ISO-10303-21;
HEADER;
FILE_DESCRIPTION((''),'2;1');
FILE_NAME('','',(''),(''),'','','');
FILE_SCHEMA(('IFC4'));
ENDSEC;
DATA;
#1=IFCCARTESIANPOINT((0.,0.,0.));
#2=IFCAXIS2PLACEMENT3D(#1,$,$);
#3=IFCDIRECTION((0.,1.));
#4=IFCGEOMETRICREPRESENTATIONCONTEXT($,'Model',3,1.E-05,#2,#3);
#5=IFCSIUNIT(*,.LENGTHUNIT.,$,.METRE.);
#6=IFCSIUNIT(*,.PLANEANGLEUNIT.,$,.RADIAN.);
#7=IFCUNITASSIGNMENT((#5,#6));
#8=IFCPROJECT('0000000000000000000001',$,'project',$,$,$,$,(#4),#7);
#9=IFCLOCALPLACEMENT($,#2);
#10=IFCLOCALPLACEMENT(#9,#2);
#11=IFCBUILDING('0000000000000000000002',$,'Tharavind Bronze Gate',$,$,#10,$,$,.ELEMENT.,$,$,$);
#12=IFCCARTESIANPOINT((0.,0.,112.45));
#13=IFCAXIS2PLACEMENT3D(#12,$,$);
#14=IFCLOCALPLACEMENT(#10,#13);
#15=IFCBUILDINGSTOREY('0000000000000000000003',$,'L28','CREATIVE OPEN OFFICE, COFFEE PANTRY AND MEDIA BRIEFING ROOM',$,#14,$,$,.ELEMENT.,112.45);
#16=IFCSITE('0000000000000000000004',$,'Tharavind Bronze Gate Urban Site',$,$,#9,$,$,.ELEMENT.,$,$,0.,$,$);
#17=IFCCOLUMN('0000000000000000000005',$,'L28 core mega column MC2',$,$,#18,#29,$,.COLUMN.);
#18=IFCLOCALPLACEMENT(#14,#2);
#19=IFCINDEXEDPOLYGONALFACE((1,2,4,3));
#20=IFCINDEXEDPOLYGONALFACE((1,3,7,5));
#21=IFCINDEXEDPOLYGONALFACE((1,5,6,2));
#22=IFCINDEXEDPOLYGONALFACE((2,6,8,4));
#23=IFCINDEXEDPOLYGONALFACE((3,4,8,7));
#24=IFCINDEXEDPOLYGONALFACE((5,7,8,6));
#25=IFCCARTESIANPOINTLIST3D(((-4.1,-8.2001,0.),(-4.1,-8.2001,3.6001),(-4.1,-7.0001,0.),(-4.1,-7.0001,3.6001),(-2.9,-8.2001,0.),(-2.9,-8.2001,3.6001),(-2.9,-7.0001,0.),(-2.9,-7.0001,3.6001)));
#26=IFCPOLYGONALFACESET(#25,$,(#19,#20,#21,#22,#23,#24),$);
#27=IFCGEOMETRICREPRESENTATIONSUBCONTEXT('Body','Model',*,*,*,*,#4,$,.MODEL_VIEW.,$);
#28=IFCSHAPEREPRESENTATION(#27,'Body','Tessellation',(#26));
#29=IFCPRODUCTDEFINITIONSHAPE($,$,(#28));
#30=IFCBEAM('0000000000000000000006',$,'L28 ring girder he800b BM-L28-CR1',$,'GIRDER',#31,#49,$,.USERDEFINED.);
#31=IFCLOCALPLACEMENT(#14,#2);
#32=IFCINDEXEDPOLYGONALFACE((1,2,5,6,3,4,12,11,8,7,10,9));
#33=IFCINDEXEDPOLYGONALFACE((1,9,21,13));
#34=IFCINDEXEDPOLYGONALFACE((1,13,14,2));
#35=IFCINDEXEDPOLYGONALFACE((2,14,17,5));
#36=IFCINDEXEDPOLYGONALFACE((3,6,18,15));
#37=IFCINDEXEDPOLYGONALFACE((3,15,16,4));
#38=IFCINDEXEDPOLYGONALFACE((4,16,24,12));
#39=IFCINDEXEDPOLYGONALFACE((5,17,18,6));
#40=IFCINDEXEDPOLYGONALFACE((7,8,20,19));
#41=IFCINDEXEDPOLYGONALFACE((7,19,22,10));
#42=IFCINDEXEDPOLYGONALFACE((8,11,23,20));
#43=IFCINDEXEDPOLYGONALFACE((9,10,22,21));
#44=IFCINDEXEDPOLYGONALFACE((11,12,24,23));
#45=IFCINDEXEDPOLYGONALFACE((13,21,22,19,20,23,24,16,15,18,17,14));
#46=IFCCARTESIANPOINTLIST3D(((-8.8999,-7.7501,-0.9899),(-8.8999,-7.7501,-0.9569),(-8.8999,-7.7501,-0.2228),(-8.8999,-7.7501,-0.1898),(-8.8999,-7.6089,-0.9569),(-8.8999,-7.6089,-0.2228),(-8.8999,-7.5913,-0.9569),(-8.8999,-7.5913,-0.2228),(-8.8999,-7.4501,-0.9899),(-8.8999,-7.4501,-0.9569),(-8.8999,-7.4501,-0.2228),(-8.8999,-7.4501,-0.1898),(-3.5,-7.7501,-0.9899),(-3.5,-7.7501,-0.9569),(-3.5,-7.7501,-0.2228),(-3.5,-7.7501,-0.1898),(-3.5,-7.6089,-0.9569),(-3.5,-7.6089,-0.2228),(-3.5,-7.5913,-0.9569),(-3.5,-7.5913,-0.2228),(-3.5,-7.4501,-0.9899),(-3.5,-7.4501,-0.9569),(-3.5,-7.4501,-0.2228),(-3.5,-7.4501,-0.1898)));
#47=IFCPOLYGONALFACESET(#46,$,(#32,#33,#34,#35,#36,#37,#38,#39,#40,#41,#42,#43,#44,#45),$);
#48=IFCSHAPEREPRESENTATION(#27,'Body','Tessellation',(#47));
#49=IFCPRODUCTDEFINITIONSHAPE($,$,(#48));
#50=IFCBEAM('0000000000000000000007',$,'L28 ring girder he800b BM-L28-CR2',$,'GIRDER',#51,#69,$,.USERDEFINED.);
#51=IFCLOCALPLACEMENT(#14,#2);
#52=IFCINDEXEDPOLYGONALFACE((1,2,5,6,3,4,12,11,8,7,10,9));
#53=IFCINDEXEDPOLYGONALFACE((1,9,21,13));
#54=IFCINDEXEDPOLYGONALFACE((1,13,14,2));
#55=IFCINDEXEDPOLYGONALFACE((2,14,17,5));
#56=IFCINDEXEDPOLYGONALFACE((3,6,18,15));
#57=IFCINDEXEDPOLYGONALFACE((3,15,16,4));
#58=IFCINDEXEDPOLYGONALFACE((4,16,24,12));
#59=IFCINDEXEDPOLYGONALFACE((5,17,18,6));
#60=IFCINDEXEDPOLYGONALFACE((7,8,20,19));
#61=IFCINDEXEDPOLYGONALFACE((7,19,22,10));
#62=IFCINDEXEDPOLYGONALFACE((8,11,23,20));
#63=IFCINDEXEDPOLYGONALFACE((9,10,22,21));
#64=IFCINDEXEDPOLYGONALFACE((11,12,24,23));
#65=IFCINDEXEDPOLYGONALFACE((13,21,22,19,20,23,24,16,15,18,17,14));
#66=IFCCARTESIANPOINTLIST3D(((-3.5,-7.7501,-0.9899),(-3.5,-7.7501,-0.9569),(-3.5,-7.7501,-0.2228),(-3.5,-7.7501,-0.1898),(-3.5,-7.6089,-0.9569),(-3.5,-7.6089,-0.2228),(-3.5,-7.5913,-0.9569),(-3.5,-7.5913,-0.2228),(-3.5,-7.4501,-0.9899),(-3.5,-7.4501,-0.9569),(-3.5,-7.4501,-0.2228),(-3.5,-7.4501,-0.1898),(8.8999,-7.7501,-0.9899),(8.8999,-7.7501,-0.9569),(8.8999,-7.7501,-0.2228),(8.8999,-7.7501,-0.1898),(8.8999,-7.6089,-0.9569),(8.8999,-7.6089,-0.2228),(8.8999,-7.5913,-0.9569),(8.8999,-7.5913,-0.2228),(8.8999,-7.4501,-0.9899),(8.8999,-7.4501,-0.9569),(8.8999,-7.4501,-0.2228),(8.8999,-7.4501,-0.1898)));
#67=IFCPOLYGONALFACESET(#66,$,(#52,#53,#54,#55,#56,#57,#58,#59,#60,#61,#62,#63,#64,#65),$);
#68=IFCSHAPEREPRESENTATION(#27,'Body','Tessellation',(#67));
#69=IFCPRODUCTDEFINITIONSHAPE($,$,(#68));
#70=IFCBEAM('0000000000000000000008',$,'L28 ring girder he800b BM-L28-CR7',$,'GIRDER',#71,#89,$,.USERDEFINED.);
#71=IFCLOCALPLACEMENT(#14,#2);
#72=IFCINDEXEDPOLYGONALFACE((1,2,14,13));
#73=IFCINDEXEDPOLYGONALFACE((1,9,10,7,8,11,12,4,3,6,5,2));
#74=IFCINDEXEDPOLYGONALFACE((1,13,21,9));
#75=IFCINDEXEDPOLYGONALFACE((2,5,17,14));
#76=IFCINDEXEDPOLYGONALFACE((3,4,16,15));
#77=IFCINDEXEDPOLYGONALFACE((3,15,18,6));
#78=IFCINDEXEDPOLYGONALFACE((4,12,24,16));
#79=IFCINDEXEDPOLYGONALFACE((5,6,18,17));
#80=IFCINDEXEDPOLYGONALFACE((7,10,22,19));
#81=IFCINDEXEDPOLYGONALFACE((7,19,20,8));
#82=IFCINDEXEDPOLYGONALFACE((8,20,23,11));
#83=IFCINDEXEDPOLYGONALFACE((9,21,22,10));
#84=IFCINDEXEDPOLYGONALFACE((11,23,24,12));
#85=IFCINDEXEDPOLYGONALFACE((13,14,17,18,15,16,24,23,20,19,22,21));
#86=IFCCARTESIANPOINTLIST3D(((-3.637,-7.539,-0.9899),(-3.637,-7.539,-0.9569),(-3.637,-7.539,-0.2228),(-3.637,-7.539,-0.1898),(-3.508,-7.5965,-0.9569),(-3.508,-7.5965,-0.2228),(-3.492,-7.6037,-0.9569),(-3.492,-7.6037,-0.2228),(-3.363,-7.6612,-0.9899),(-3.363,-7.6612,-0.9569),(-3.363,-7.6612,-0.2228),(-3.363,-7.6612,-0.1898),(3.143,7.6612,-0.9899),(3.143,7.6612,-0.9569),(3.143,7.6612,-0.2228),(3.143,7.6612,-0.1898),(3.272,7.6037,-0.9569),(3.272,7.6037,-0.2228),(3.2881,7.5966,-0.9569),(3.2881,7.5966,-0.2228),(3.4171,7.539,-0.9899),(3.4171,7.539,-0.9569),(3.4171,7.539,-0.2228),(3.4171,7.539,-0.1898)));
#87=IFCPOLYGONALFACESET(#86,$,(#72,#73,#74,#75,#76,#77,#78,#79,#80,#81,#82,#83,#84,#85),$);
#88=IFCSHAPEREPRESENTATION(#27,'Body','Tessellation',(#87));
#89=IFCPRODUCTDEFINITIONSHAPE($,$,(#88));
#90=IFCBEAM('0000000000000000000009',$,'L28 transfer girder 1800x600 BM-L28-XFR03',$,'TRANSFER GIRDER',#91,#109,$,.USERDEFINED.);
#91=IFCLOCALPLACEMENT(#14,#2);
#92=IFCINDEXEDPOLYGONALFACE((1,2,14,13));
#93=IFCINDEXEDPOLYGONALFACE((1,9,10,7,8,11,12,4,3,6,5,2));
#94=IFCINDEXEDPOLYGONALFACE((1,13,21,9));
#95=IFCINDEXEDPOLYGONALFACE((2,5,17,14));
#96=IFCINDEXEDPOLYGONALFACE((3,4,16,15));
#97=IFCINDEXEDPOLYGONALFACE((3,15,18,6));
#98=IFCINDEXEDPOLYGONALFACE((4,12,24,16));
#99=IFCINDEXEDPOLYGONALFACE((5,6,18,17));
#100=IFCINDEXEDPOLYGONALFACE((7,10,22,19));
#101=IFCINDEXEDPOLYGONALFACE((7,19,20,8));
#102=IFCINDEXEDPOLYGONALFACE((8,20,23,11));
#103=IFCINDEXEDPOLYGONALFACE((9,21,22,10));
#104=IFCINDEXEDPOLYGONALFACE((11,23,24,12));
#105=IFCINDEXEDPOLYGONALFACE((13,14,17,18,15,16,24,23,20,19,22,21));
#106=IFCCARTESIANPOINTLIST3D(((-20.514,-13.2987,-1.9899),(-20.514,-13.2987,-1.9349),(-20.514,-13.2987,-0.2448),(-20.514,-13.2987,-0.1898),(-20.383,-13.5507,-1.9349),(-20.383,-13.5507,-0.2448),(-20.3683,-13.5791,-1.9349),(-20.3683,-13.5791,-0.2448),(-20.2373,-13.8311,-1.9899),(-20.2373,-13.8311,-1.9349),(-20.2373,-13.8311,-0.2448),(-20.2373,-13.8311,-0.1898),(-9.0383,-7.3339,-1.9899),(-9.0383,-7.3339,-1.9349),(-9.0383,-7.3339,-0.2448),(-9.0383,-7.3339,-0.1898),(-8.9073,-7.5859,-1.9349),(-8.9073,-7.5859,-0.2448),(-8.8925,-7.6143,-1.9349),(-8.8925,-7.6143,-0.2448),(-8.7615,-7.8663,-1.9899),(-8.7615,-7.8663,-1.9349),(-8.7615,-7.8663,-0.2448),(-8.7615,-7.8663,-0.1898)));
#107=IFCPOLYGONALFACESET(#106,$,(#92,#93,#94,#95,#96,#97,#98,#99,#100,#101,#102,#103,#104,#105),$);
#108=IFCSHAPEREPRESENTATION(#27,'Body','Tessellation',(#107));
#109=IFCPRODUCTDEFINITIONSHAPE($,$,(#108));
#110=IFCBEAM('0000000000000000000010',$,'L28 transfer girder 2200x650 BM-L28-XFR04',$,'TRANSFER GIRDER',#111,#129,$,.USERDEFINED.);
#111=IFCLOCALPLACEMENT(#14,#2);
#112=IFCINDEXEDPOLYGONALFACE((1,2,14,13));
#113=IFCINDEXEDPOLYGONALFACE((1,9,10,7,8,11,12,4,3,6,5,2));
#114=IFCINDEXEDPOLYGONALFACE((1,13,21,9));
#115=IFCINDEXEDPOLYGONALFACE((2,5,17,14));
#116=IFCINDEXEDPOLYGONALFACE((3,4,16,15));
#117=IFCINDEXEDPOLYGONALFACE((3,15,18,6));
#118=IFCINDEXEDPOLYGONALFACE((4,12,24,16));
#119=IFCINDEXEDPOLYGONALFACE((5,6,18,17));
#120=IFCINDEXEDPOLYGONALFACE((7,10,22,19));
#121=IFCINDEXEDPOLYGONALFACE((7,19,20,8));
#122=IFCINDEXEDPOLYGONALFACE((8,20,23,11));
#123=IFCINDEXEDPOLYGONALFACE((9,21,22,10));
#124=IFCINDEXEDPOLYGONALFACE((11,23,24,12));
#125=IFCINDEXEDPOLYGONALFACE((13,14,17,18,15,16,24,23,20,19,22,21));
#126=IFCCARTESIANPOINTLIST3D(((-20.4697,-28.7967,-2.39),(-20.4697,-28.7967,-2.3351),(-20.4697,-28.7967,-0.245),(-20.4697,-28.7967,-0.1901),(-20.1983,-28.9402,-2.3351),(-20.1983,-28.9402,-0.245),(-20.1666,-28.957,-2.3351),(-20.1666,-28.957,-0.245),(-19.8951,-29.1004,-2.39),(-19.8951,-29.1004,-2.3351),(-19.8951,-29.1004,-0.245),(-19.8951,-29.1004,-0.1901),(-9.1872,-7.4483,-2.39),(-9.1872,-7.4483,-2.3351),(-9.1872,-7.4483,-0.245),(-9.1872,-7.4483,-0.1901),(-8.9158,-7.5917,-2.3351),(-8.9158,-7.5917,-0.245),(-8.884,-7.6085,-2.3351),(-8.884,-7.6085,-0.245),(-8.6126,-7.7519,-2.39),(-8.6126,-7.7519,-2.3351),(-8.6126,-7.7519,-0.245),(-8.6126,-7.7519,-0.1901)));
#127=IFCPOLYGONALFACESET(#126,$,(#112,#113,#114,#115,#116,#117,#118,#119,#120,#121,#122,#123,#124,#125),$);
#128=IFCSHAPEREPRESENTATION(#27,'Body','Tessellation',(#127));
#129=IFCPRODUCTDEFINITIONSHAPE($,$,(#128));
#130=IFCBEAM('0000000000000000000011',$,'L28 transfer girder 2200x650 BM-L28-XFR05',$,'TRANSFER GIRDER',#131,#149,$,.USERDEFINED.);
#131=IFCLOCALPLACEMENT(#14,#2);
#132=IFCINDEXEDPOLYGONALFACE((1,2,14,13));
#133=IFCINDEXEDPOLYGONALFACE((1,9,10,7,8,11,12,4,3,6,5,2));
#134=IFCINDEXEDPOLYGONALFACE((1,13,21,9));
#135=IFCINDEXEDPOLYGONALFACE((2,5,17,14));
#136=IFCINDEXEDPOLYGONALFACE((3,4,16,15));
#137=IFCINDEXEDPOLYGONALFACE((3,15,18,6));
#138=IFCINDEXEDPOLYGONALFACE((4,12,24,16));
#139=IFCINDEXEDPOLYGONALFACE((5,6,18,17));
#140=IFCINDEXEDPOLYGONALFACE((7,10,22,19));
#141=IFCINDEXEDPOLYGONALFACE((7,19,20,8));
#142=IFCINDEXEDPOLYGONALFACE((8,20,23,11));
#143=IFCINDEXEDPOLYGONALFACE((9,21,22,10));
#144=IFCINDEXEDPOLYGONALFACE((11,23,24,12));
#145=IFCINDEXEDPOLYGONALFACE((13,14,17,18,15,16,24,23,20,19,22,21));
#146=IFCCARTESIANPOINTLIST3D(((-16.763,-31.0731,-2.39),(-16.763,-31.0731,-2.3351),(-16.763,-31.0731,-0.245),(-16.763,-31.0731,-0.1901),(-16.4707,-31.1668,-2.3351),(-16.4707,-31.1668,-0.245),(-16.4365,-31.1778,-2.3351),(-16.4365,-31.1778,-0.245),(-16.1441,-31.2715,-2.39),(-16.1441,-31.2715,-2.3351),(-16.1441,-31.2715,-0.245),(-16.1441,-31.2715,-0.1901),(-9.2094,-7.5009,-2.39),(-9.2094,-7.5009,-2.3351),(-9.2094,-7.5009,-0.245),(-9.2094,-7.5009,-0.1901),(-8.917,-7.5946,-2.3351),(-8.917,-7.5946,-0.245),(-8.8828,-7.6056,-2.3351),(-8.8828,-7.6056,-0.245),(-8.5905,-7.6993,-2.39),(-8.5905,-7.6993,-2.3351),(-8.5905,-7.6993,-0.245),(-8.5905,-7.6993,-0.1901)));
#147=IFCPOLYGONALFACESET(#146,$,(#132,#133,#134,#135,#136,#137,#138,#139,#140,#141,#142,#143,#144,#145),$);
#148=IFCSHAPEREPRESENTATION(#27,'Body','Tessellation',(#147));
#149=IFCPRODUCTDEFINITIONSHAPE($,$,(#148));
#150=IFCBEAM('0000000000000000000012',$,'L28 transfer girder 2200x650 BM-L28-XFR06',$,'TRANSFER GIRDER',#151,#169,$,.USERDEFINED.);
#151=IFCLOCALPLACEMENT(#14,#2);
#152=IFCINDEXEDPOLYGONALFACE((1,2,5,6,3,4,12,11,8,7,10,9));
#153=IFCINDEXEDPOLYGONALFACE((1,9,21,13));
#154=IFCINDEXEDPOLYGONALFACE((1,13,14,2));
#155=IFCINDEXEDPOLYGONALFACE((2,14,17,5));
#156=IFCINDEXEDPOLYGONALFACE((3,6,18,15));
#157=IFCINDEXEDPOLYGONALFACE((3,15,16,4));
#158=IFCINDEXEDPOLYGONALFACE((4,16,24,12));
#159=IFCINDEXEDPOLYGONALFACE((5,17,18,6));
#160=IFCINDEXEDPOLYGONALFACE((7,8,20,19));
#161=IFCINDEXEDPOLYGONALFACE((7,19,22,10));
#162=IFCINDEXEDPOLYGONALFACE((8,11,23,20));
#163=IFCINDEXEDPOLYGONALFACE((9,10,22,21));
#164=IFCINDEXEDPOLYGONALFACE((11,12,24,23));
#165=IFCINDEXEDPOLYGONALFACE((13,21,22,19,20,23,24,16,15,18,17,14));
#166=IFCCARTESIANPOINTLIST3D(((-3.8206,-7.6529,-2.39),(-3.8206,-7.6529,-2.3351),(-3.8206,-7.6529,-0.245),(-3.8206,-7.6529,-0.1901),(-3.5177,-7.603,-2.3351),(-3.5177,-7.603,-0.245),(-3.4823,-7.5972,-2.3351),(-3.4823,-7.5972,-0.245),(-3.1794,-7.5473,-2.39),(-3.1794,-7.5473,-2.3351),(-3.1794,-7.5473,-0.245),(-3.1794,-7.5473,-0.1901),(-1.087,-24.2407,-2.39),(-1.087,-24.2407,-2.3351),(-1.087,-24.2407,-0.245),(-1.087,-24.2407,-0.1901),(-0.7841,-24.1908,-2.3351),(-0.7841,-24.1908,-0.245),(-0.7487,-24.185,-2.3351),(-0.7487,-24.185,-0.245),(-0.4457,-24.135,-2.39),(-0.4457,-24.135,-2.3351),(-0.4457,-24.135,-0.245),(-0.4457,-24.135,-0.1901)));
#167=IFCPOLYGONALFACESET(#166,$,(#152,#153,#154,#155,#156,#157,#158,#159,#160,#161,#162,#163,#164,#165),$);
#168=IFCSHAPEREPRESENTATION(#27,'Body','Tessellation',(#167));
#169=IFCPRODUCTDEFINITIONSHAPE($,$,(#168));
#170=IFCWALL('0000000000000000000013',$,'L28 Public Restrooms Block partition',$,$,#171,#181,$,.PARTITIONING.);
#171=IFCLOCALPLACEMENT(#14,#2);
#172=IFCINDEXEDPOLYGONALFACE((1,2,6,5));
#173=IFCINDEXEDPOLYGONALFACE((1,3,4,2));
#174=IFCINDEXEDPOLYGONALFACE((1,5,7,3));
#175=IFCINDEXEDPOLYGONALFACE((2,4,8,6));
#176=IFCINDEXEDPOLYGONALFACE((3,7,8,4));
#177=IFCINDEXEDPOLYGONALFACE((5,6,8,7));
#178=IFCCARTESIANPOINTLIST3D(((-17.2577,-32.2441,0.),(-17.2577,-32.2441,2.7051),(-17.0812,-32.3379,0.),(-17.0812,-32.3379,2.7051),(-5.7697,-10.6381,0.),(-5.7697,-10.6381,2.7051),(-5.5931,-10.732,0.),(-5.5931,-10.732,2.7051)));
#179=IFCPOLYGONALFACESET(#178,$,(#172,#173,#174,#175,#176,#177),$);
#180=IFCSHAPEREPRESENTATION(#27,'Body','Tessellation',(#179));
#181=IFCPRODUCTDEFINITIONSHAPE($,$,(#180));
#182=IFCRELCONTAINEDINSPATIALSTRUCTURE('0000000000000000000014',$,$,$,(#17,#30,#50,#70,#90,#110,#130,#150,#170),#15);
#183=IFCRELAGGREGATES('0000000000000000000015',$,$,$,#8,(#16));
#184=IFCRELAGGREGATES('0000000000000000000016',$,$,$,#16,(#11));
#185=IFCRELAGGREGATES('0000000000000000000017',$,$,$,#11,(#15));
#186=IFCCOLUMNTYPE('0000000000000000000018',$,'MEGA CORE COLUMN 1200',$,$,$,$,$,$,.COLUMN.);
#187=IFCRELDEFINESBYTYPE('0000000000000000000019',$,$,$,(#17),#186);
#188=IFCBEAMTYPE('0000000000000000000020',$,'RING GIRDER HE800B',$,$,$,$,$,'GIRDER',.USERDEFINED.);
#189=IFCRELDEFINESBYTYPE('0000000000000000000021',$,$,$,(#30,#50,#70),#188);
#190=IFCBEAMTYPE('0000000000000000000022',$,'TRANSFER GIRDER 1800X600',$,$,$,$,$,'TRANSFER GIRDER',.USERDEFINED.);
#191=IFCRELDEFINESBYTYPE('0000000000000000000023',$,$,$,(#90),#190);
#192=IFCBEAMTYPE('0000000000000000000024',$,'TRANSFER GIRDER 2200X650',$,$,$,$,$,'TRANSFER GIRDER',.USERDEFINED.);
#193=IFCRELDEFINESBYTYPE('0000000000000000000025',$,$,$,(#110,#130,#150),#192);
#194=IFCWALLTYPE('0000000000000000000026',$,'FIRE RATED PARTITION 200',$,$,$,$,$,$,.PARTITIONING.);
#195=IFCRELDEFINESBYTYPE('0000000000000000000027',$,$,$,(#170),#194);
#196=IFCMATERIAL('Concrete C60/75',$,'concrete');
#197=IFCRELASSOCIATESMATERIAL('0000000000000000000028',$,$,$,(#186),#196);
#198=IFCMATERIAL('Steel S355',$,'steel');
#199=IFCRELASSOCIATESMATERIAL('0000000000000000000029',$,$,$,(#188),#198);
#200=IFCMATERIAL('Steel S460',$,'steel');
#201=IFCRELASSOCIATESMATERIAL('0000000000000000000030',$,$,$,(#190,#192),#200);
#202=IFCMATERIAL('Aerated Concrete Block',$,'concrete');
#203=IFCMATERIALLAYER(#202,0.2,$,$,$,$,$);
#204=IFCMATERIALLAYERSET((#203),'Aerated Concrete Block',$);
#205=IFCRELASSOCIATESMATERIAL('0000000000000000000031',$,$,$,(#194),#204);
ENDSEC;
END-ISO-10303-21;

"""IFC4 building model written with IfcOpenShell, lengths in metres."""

from ifc_helpers import new_model, si_unit, direction, frame, frame_2d, origin, origin_2d, place, context, subcontext, project, spatial, rectangle, i_section, extrude, material, layer, layer_set, material_profile, profile_set, type_object, element, save


model = new_model("IFC4")

# Units and contexts
model_context = context("Model", 3, precision=1e-05, world=origin(), true_north=direction((0.0, 1.0)))
body_context = subcontext(model_context, "Body", "Model", "MODEL_VIEW")
ifc_project = project(units=[si_unit("LENGTHUNIT", "METRE"), si_unit("PLANEANGLEUNIT", "RADIAN")], contexts=[model_context])

# Site, building, storey
site_placement = place(None, origin())
site = spatial("IfcSite", under=ifc_project, at=site_placement, Name="Tharavind Bronze Gate Urban Site", CompositionType="ELEMENT", RefElevation=0.0)
building_placement = place(site_placement, origin())
building = spatial("IfcBuilding", under=site, at=building_placement, Name="Tharavind Bronze Gate", CompositionType="ELEMENT")
storey_placement = place(building_placement, frame((0.0, 0.0, 112.45)))
storey = spatial("IfcBuildingStorey", under=building, at=storey_placement, Name="L28", Description="CREATIVE OPEN OFFICE, COFFEE PANTRY AND MEDIA BRIEFING ROOM", CompositionType="ELEMENT", Elevation=112.45)

# Column
ifc_material_1 = material(Name="Concrete C60/75", Category="concrete")
ifc_material_profile_1 = material_profile(ifc_material_1, rectangle(XDim=1.2, YDim=1.2, at=origin_2d()), Name="RCCOL1200")
ifc_profile_set_1 = profile_set([ifc_material_profile_1], Name="Concrete C60/75")
column_type = type_object("IfcColumnType", Name="MEGA CORE COLUMN 1200", PredefinedType="COLUMN", material=ifc_profile_set_1)
column_placement = place(storey_placement, frame((-3.5, -7.6001, 0.0), z_axis=(0.0, 0.0, 1.0), x_axis=(1.0, 0.0, 0.0)))
element("IfcColumn", 1, at=column_placement, inside=storey, type_object=column_type, Name="L28 core mega column MC2", PredefinedType="COLUMN", context=body_context, shape_type="SweptSolid", body=[
    extrude(rectangle(XDim=1.2, YDim=1.2, at=origin_2d()), origin(), (0.0, 0.0, 1.0), 3.6001),
])

# Beams
ifc_material_2 = material(Name="Steel S355", Category="steel")
ifc_material_profile_2 = material_profile(ifc_material_2, i_section(OverallWidth=0.3, OverallDepth=0.8, WebThickness=0.0176, FlangeThickness=0.033, at=origin_2d()), Name="HE800B")
ifc_profile_set_2 = profile_set([ifc_material_profile_2], Name="Steel S355")
beam_type_1 = type_object("IfcBeamType", Name="RING GIRDER HE800B", ElementType="GIRDER", PredefinedType="USERDEFINED", material=ifc_profile_set_2)
beam_1_placement = place(storey_placement, frame((-8.8999, -7.6001, -0.5898), z_axis=(1.0, 0.0, 0.0), x_axis=(0.0, 1.0, 0.0)))
element("IfcBeam", 2, at=beam_1_placement, inside=storey, type_object=beam_type_1, Name="L28 ring girder he800b BM-L28-CR1", ObjectType="GIRDER", PredefinedType="USERDEFINED", context=body_context, shape_type="SweptSolid", body=[
    extrude(i_section(OverallWidth=0.3, OverallDepth=0.8, WebThickness=0.0176, FlangeThickness=0.033, at=origin_2d()), origin(), (0.0, 0.0, 1.0), 5.3999),
])
beam_2_placement = place(storey_placement, frame((-3.5, -7.6001, -0.5898), z_axis=(1.0, 0.0, 0.0), x_axis=(0.0, 1.0, 0.0)))
element("IfcBeam", 3, at=beam_2_placement, inside=storey, type_object=beam_type_1, Name="L28 ring girder he800b BM-L28-CR2", ObjectType="GIRDER", PredefinedType="USERDEFINED", context=body_context, shape_type="SweptSolid", body=[
    extrude(i_section(OverallWidth=0.3, OverallDepth=0.8, WebThickness=0.0176, FlangeThickness=0.033, at=origin_2d()), origin(), (0.0, 0.0, 1.0), 12.3999),
])
beam_3_placement = place(storey_placement, frame((-3.5, -7.6001, -0.5898), z_axis=(0.407362, 0.913267, 0.0), x_axis=(-0.913267, 0.407362, 0.0)))
element("IfcBeam", 4, at=beam_3_placement, inside=storey, type_object=beam_type_1, Name="L28 ring girder he800b BM-L28-CR7", ObjectType="GIRDER", PredefinedType="USERDEFINED", context=body_context, shape_type="SweptSolid", body=[
    extrude(i_section(OverallWidth=0.3, OverallDepth=0.8, WebThickness=0.0176, FlangeThickness=0.033, at=origin_2d()), origin(), (0.0, 0.0, 1.0), 16.6438),
])
ifc_material_3 = material(Name="Steel S460", Category="steel")
ifc_material_profile_3 = material_profile(ifc_material_3, i_section(OverallWidth=0.6001, OverallDepth=1.8, WebThickness=0.032, FlangeThickness=0.0549, at=origin_2d()), Name="PG1800X600")
ifc_profile_set_3 = profile_set([ifc_material_profile_3], Name="Steel S460")
beam_type_2 = type_object("IfcBeamType", Name="TRANSFER GIRDER 1800X600", ElementType="TRANSFER GIRDER", PredefinedType="USERDEFINED", material=ifc_profile_set_3)
beam_4_placement = place(storey_placement, frame((-8.8999, -7.6001, -1.0898), z_axis=(-0.887299, -0.461195, 0.0), x_axis=(0.461195, -0.887299, 0.0)))
element("IfcBeam", 5, at=beam_4_placement, inside=storey, type_object=beam_type_2, Name="L28 transfer girder 1800x600 BM-L28-XFR03", ObjectType="TRANSFER GIRDER", PredefinedType="USERDEFINED", context=body_context, shape_type="SweptSolid", body=[
    extrude(i_section(OverallWidth=0.6001, OverallDepth=1.8, WebThickness=0.032, FlangeThickness=0.0549, at=origin_2d()), origin(), (0.0, 0.0, 1.0), 12.9333),
])
ifc_material_profile_4 = material_profile(ifc_material_3, i_section(OverallWidth=0.6499, OverallDepth=2.2, WebThickness=0.0359, FlangeThickness=0.0549, at=origin_2d()), Name="PG2200X650")
ifc_profile_set_4 = profile_set([ifc_material_profile_4], Name="Steel S460")
beam_type_3 = type_object("IfcBeamType", Name="TRANSFER GIRDER 2200X650", ElementType="TRANSFER GIRDER", PredefinedType="USERDEFINED", material=ifc_profile_set_4)
beam_5_placement = place(storey_placement, frame((-8.8999, -7.6001, -1.29), z_axis=(-0.467253, -0.884124, 0.0), x_axis=(0.884124, -0.467253, 0.0)))
element("IfcBeam", 6, at=beam_5_placement, inside=storey, type_object=beam_type_3, Name="L28 transfer girder 2200x650 BM-L28-XFR04", ObjectType="TRANSFER GIRDER", PredefinedType="USERDEFINED", context=body_context, shape_type="SweptSolid", body=[
    extrude(i_section(OverallWidth=0.6499, OverallDepth=2.2, WebThickness=0.0359, FlangeThickness=0.0549, at=origin_2d()), origin(), (0.0, 0.0, 1.0), 24.1465),
])
beam_6_placement = place(storey_placement, frame((-8.8999, -7.6001, -1.29), z_axis=(-0.305164, -0.9523, 0.0), x_axis=(0.9523, -0.305164, 0.0)))
element("IfcBeam", 7, at=beam_6_placement, inside=storey, type_object=beam_type_3, Name="L28 transfer girder 2200x650 BM-L28-XFR05", ObjectType="TRANSFER GIRDER", PredefinedType="USERDEFINED", context=body_context, shape_type="SweptSolid", body=[
    extrude(i_section(OverallWidth=0.6499, OverallDepth=2.2, WebThickness=0.0359, FlangeThickness=0.0549, at=origin_2d()), origin(), (0.0, 0.0, 1.0), 24.7529),
])
beam_7_placement = place(storey_placement, frame((-3.5, -7.6001, -1.29), z_axis=(0.162604, -0.986691, 0.0), x_axis=(0.986691, 0.162604, 0.0)))
element("IfcBeam", 8, at=beam_7_placement, inside=storey, type_object=beam_type_3, Name="L28 transfer girder 2200x650 BM-L28-XFR06", ObjectType="TRANSFER GIRDER", PredefinedType="USERDEFINED", context=body_context, shape_type="SweptSolid", body=[
    extrude(i_section(OverallWidth=0.6499, OverallDepth=2.2, WebThickness=0.0359, FlangeThickness=0.0549, at=origin_2d()), origin(), (0.0, 0.0, 1.0), 16.8115),
])

# Wall
ifc_material_4 = material(Name="Aerated Concrete Block", Category="concrete")
ifc_layer_1 = layer(ifc_material_4, 0.2)
ifc_layer_set_1 = layer_set([ifc_layer_1], Name="Aerated Concrete Block")
wall_type_1 = type_object("IfcWallType", Name="FIRE RATED PARTITION 200", PredefinedType="PARTITIONING", material=ifc_layer_set_1)
wall_1_placement = place(storey_placement, frame((-5.6814, -10.6851, 0.0), z_axis=(0.0, 0.0, 1.0), x_axis=(-0.46947, -0.882949, 0.0)))
element("IfcWall", 9, at=wall_1_placement, inside=storey, type_object=wall_type_1, Name="L28 Public Restrooms Block partition", PredefinedType="PARTITIONING", context=body_context, shape_type="SweptSolid", body=[
    extrude(rectangle(XDim=24.4702, YDim=0.2, at=frame_2d((12.2351, 0.0))), origin(), (0.0, 0.0, 1.0), 2.7051),
])

save(model, "model.ifc")
